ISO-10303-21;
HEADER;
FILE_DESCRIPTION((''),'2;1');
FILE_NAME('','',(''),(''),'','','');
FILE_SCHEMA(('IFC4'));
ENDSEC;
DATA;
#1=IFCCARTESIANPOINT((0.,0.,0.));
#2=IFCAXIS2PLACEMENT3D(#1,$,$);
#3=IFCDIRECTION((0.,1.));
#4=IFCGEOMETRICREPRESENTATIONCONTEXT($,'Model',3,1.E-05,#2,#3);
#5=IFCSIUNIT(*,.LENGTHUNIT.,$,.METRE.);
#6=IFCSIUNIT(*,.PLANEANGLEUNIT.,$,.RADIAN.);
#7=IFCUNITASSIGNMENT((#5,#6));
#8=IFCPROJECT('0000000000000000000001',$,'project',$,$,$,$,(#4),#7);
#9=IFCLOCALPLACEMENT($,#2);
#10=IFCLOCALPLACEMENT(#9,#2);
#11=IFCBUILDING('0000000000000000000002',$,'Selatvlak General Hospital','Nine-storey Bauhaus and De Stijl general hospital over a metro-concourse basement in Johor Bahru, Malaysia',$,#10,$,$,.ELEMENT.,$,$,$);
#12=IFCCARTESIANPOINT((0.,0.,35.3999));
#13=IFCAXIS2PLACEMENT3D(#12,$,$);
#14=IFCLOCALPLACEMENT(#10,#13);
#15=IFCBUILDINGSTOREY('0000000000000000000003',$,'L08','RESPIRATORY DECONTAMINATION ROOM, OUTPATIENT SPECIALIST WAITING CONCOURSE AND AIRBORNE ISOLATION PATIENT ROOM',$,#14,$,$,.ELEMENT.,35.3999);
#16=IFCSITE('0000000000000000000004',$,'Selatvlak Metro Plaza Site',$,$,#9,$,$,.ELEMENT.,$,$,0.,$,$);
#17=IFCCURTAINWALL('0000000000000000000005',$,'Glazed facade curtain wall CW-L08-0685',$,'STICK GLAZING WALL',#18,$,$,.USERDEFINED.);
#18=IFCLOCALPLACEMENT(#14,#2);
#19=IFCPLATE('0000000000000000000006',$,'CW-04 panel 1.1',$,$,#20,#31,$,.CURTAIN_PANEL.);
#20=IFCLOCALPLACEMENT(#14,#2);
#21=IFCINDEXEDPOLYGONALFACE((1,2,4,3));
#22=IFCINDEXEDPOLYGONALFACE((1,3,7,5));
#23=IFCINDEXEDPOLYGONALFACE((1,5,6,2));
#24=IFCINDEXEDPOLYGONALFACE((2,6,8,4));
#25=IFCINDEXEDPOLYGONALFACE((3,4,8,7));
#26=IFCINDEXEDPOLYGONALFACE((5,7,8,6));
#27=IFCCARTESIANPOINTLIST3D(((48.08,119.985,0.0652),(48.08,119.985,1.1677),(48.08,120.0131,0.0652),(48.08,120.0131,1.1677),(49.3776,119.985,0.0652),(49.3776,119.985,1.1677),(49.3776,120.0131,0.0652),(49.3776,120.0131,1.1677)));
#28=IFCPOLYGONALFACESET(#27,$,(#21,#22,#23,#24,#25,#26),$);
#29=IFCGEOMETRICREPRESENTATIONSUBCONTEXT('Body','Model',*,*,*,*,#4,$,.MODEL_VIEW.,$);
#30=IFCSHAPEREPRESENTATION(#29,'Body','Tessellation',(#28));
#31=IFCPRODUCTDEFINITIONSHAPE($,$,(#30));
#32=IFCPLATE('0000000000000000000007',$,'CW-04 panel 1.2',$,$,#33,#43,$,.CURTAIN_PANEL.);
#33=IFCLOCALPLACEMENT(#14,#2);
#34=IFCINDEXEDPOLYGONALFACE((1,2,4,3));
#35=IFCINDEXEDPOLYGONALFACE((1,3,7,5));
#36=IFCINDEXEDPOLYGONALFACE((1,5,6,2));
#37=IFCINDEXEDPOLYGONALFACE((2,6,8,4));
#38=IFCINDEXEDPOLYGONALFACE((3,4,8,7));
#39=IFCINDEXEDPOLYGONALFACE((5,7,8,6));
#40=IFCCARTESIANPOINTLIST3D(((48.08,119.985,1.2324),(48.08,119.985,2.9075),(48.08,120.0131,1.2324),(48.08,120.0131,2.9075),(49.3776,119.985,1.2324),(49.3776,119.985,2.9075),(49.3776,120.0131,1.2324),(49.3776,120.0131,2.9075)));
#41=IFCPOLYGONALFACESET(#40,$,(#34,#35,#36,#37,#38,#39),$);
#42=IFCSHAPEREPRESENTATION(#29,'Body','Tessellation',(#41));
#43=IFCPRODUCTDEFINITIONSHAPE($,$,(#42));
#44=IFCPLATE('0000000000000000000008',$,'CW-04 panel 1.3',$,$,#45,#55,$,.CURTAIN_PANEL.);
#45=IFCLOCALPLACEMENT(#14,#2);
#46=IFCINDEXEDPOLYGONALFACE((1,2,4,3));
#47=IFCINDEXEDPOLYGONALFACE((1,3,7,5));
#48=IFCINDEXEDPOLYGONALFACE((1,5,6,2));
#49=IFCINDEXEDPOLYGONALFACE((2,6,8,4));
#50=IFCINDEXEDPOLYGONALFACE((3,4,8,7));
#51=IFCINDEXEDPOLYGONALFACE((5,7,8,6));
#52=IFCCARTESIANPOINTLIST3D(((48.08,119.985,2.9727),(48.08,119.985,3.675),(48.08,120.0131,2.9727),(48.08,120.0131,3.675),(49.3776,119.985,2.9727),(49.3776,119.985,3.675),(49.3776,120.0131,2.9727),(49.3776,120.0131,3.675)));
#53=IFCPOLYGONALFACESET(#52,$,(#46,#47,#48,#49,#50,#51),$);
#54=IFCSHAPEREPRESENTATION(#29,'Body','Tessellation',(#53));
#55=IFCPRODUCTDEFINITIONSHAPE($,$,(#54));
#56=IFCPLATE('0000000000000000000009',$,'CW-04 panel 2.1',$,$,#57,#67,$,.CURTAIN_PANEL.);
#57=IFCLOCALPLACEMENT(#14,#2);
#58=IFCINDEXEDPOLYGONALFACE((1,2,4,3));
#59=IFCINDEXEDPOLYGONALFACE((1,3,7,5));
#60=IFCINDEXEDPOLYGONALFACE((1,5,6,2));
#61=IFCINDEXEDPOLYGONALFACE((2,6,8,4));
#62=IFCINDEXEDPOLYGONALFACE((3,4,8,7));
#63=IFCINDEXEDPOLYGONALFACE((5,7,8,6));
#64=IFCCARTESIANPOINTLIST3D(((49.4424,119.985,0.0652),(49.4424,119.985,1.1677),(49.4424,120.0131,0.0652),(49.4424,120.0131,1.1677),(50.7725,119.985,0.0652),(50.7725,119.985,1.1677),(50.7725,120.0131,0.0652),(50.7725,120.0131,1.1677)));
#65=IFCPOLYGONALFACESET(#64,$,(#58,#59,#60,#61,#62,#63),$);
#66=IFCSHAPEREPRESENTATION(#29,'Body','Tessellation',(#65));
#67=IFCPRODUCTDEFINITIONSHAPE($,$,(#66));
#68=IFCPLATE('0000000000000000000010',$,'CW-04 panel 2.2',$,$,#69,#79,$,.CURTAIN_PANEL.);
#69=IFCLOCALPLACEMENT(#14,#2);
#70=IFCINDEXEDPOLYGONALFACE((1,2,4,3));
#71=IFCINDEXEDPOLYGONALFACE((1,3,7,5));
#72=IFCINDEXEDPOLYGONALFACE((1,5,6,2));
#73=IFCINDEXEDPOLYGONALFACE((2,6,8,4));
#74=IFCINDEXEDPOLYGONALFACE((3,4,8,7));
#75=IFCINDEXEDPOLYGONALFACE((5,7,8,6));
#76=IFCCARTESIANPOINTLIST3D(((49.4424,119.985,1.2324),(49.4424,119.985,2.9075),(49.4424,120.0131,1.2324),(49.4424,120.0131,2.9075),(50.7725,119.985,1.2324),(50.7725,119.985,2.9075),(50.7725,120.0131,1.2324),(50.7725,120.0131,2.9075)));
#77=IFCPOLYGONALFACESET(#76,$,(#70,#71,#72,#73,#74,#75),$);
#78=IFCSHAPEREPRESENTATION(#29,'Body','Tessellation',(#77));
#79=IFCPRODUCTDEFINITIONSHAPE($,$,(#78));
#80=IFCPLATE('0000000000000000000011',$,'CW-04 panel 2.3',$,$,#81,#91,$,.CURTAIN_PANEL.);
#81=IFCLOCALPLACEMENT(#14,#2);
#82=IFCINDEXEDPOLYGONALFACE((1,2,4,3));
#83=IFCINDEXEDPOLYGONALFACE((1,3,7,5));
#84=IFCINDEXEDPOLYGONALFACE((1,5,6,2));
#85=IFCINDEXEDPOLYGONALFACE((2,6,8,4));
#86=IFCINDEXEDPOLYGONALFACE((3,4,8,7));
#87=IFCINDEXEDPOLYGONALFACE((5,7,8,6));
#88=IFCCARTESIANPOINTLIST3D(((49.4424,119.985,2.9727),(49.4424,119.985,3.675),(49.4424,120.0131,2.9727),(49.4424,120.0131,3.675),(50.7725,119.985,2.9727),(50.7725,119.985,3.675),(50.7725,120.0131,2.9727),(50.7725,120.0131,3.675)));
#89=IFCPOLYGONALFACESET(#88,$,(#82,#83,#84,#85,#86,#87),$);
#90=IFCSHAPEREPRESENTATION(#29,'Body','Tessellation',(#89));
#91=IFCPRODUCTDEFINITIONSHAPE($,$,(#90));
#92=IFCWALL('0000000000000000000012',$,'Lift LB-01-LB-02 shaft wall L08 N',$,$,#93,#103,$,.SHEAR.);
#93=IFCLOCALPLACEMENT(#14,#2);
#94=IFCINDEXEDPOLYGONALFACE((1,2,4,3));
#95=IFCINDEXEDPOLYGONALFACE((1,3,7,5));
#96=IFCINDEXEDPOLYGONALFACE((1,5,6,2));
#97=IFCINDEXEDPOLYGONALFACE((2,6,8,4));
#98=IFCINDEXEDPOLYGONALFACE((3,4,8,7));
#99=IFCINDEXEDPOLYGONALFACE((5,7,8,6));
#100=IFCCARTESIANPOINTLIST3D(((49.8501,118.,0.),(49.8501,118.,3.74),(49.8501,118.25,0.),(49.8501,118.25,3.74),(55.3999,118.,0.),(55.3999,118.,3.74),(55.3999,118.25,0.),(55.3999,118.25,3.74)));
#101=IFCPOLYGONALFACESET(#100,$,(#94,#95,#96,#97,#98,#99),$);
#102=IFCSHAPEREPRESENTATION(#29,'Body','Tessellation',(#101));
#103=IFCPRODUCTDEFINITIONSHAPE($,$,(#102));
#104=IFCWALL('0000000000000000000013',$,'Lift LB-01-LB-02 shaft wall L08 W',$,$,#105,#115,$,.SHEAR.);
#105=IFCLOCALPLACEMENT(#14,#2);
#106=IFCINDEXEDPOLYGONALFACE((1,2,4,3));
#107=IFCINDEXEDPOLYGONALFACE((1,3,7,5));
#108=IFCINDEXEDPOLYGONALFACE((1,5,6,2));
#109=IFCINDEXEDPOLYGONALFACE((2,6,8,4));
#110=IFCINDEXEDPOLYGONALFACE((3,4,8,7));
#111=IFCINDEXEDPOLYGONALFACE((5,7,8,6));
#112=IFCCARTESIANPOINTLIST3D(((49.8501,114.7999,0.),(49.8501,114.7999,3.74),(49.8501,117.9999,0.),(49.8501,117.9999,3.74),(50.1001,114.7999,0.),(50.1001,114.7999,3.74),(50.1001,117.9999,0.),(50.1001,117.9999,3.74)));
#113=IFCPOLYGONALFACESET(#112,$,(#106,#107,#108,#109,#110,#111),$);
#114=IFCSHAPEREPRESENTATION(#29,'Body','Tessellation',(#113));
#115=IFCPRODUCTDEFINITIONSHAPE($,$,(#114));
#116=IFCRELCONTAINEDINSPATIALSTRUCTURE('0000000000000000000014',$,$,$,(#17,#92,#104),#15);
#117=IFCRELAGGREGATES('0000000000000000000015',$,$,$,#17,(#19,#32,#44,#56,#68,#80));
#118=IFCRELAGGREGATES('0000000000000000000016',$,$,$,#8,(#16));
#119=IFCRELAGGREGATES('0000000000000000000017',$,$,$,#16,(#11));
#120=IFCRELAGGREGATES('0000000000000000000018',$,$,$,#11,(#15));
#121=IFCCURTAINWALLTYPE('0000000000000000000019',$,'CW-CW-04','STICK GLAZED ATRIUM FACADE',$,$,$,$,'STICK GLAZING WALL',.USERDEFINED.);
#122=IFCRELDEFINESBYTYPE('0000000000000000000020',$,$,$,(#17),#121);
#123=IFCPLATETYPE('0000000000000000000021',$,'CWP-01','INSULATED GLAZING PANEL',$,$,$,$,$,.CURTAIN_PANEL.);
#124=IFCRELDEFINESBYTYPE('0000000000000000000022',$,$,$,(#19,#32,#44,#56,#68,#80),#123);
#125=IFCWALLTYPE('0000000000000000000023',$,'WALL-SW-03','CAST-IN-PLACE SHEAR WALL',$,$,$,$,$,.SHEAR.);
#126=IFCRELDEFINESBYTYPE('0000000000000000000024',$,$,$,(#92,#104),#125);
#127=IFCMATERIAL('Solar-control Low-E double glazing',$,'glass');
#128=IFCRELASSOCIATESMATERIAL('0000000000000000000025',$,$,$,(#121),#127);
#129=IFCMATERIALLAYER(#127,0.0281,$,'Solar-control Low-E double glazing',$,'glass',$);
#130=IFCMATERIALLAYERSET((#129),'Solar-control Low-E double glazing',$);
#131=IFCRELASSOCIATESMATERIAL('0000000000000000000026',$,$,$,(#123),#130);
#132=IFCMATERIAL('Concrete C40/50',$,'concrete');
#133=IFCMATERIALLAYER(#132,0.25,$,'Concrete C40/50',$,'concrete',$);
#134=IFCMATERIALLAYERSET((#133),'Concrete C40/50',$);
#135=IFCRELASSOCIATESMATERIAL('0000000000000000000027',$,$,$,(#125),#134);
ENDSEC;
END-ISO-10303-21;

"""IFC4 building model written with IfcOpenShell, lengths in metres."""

from ifc_helpers import new_model, si_unit, direction, frame, frame_2d, origin, origin_2d, place, context, subcontext, project, spatial, rectangle, extrude, material, layer, layer_set, type_object, element, aggregate, save


model = new_model("IFC4")

# Units and contexts
model_context = context("Model", 3, precision=1e-05, world=origin(), true_north=direction((0.0, 1.0)))
body_context = subcontext(model_context, "Body", "Model", "MODEL_VIEW")
ifc_project = project(units=[si_unit("LENGTHUNIT", "METRE"), si_unit("PLANEANGLEUNIT", "RADIAN")], contexts=[model_context])

# Site, building, storey
site_placement = place(None, origin())
site = spatial("IfcSite", under=ifc_project, at=site_placement, Name="Selatvlak Metro Plaza Site", CompositionType="ELEMENT", RefElevation=0.0)
building_placement = place(site_placement, origin())
building = spatial("IfcBuilding", under=site, at=building_placement, Name="Selatvlak General Hospital", Description="Nine-storey Bauhaus and De Stijl general hospital over a metro-concourse basement in Johor Bahru, Malaysia", CompositionType="ELEMENT")
storey_placement = place(building_placement, frame((0.0, 0.0, 35.3999)))
storey = spatial("IfcBuildingStorey", under=building, at=storey_placement, Name="L08", Description="RESPIRATORY DECONTAMINATION ROOM, OUTPATIENT SPECIALIST WAITING CONCOURSE AND AIRBORNE ISOLATION PATIENT ROOM", CompositionType="ELEMENT", Elevation=35.3999)

# Curtain wall, plates
ifc_material_1 = material(Name="Solar-control Low-E double glazing", Category="glass")
curtain_wall_type = type_object("IfcCurtainWallType", Name="CW-CW-04", Description="STICK GLAZED ATRIUM FACADE", ElementType="STICK GLAZING WALL", PredefinedType="USERDEFINED", material=ifc_material_1)
curtain_wall_placement = place(storey_placement, origin())
curtain_wall = element("IfcCurtainWall", 1, at=curtain_wall_placement, inside=storey, type_object=curtain_wall_type, Name="Glazed facade curtain wall CW-L08-0685", ObjectType="STICK GLAZING WALL", PredefinedType="USERDEFINED")
ifc_layer_1 = layer(ifc_material_1, 0.0281, Name="Solar-control Low-E double glazing", Category="glass")
ifc_layer_set_1 = layer_set([ifc_layer_1], Name="Solar-control Low-E double glazing")
plate_type = type_object("IfcPlateType", Name="CWP-01", Description="INSULATED GLAZING PANEL", PredefinedType="CURTAIN_PANEL", material=ifc_layer_set_1)
plate_1_placement = place(storey_placement, frame((48.7288, 119.999, 0.0652), z_axis=(0.0, 0.0, 1.0), x_axis=(1.0, 0.0, 0.0)))
plate_1 = element("IfcPlate", 2, at=plate_1_placement, type_object=plate_type, Name="CW-04 panel 1.1", PredefinedType="CURTAIN_PANEL", context=body_context, shape_type="SweptSolid", body=[
    extrude(rectangle(XDim=1.2976, YDim=0.0281, at=origin_2d()), origin(), (0.0, 0.0, 1.0), 1.1025),
])
plate_2_placement = place(storey_placement, frame((48.7288, 119.999, 1.2324), z_axis=(0.0, 0.0, 1.0), x_axis=(1.0, 0.0, 0.0)))
plate_2 = element("IfcPlate", 3, at=plate_2_placement, type_object=plate_type, Name="CW-04 panel 1.2", PredefinedType="CURTAIN_PANEL", context=body_context, shape_type="SweptSolid", body=[
    extrude(rectangle(XDim=1.2976, YDim=0.0281, at=origin_2d()), origin(), (0.0, 0.0, 1.0), 1.675),
])
plate_3_placement = place(storey_placement, frame((48.7288, 119.999, 2.9727), z_axis=(0.0, 0.0, 1.0), x_axis=(1.0, 0.0, 0.0)))
plate_3 = element("IfcPlate", 4, at=plate_3_placement, type_object=plate_type, Name="CW-04 panel 1.3", PredefinedType="CURTAIN_PANEL", context=body_context, shape_type="SweptSolid", body=[
    extrude(rectangle(XDim=1.2976, YDim=0.0281, at=origin_2d()), origin(), (0.0, 0.0, 1.0), 0.7024),
])
plate_4_placement = place(storey_placement, frame((50.1074, 119.999, 0.0652), z_axis=(0.0, 0.0, 1.0), x_axis=(1.0, 0.0, 0.0)))
plate_4 = element("IfcPlate", 5, at=plate_4_placement, type_object=plate_type, Name="CW-04 panel 2.1", PredefinedType="CURTAIN_PANEL", context=body_context, shape_type="SweptSolid", body=[
    extrude(rectangle(XDim=1.3301, YDim=0.0281, at=origin_2d()), origin(), (0.0, 0.0, 1.0), 1.1025),
])
plate_5_placement = place(storey_placement, frame((50.1074, 119.999, 1.2324), z_axis=(0.0, 0.0, 1.0), x_axis=(1.0, 0.0, 0.0)))
plate_5 = element("IfcPlate", 6, at=plate_5_placement, type_object=plate_type, Name="CW-04 panel 2.2", PredefinedType="CURTAIN_PANEL", context=body_context, shape_type="SweptSolid", body=[
    extrude(rectangle(XDim=1.3301, YDim=0.0281, at=origin_2d()), origin(), (0.0, 0.0, 1.0), 1.675),
])
plate_6_placement = place(storey_placement, frame((50.1074, 119.999, 2.9727), z_axis=(0.0, 0.0, 1.0), x_axis=(1.0, 0.0, 0.0)))
plate_6 = element("IfcPlate", 7, at=plate_6_placement, type_object=plate_type, Name="CW-04 panel 2.3", PredefinedType="CURTAIN_PANEL", context=body_context, shape_type="SweptSolid", body=[
    extrude(rectangle(XDim=1.3301, YDim=0.0281, at=origin_2d()), origin(), (0.0, 0.0, 1.0), 0.7024),
])
aggregate(curtain_wall, [plate_1, plate_2, plate_3, plate_4, plate_5, plate_6])

# Walls
ifc_material_2 = material(Name="Concrete C40/50", Category="concrete")
ifc_layer_2 = layer(ifc_material_2, 0.25, Name="Concrete C40/50", Category="concrete")
ifc_layer_set_2 = layer_set([ifc_layer_2], Name="Concrete C40/50")
wall_type = type_object("IfcWallType", Name="WALL-SW-03", Description="CAST-IN-PLACE SHEAR WALL", PredefinedType="SHEAR", material=ifc_layer_set_2)
wall_1_placement = place(storey_placement, frame((55.3999, 118.125, 0.0), z_axis=(0.0, 0.0, 1.0), x_axis=(-1.0, 0.0, 0.0)))
element("IfcWall", 8, at=wall_1_placement, inside=storey, type_object=wall_type, Name="Lift LB-01-LB-02 shaft wall L08 N", PredefinedType="SHEAR", context=body_context, shape_type="SweptSolid", body=[
    extrude(rectangle(XDim=5.5498, YDim=0.25, at=frame_2d((2.7749, 0.0))), origin(), (0.0, 0.0, 1.0), 3.74),
])
wall_2_placement = place(storey_placement, frame((49.9751, 118.0, 0.0), z_axis=(0.0, 0.0, 1.0), x_axis=(0.0, -1.0, 0.0)))
element("IfcWall", 9, at=wall_2_placement, inside=storey, type_object=wall_type, Name="Lift LB-01-LB-02 shaft wall L08 W", PredefinedType="SHEAR", context=body_context, shape_type="SweptSolid", body=[
    extrude(rectangle(XDim=3.2, YDim=0.25, at=frame_2d((1.6001, 0.0))), origin(), (0.0, 0.0, 1.0), 3.74),
])

save(model, "model.ifc")
